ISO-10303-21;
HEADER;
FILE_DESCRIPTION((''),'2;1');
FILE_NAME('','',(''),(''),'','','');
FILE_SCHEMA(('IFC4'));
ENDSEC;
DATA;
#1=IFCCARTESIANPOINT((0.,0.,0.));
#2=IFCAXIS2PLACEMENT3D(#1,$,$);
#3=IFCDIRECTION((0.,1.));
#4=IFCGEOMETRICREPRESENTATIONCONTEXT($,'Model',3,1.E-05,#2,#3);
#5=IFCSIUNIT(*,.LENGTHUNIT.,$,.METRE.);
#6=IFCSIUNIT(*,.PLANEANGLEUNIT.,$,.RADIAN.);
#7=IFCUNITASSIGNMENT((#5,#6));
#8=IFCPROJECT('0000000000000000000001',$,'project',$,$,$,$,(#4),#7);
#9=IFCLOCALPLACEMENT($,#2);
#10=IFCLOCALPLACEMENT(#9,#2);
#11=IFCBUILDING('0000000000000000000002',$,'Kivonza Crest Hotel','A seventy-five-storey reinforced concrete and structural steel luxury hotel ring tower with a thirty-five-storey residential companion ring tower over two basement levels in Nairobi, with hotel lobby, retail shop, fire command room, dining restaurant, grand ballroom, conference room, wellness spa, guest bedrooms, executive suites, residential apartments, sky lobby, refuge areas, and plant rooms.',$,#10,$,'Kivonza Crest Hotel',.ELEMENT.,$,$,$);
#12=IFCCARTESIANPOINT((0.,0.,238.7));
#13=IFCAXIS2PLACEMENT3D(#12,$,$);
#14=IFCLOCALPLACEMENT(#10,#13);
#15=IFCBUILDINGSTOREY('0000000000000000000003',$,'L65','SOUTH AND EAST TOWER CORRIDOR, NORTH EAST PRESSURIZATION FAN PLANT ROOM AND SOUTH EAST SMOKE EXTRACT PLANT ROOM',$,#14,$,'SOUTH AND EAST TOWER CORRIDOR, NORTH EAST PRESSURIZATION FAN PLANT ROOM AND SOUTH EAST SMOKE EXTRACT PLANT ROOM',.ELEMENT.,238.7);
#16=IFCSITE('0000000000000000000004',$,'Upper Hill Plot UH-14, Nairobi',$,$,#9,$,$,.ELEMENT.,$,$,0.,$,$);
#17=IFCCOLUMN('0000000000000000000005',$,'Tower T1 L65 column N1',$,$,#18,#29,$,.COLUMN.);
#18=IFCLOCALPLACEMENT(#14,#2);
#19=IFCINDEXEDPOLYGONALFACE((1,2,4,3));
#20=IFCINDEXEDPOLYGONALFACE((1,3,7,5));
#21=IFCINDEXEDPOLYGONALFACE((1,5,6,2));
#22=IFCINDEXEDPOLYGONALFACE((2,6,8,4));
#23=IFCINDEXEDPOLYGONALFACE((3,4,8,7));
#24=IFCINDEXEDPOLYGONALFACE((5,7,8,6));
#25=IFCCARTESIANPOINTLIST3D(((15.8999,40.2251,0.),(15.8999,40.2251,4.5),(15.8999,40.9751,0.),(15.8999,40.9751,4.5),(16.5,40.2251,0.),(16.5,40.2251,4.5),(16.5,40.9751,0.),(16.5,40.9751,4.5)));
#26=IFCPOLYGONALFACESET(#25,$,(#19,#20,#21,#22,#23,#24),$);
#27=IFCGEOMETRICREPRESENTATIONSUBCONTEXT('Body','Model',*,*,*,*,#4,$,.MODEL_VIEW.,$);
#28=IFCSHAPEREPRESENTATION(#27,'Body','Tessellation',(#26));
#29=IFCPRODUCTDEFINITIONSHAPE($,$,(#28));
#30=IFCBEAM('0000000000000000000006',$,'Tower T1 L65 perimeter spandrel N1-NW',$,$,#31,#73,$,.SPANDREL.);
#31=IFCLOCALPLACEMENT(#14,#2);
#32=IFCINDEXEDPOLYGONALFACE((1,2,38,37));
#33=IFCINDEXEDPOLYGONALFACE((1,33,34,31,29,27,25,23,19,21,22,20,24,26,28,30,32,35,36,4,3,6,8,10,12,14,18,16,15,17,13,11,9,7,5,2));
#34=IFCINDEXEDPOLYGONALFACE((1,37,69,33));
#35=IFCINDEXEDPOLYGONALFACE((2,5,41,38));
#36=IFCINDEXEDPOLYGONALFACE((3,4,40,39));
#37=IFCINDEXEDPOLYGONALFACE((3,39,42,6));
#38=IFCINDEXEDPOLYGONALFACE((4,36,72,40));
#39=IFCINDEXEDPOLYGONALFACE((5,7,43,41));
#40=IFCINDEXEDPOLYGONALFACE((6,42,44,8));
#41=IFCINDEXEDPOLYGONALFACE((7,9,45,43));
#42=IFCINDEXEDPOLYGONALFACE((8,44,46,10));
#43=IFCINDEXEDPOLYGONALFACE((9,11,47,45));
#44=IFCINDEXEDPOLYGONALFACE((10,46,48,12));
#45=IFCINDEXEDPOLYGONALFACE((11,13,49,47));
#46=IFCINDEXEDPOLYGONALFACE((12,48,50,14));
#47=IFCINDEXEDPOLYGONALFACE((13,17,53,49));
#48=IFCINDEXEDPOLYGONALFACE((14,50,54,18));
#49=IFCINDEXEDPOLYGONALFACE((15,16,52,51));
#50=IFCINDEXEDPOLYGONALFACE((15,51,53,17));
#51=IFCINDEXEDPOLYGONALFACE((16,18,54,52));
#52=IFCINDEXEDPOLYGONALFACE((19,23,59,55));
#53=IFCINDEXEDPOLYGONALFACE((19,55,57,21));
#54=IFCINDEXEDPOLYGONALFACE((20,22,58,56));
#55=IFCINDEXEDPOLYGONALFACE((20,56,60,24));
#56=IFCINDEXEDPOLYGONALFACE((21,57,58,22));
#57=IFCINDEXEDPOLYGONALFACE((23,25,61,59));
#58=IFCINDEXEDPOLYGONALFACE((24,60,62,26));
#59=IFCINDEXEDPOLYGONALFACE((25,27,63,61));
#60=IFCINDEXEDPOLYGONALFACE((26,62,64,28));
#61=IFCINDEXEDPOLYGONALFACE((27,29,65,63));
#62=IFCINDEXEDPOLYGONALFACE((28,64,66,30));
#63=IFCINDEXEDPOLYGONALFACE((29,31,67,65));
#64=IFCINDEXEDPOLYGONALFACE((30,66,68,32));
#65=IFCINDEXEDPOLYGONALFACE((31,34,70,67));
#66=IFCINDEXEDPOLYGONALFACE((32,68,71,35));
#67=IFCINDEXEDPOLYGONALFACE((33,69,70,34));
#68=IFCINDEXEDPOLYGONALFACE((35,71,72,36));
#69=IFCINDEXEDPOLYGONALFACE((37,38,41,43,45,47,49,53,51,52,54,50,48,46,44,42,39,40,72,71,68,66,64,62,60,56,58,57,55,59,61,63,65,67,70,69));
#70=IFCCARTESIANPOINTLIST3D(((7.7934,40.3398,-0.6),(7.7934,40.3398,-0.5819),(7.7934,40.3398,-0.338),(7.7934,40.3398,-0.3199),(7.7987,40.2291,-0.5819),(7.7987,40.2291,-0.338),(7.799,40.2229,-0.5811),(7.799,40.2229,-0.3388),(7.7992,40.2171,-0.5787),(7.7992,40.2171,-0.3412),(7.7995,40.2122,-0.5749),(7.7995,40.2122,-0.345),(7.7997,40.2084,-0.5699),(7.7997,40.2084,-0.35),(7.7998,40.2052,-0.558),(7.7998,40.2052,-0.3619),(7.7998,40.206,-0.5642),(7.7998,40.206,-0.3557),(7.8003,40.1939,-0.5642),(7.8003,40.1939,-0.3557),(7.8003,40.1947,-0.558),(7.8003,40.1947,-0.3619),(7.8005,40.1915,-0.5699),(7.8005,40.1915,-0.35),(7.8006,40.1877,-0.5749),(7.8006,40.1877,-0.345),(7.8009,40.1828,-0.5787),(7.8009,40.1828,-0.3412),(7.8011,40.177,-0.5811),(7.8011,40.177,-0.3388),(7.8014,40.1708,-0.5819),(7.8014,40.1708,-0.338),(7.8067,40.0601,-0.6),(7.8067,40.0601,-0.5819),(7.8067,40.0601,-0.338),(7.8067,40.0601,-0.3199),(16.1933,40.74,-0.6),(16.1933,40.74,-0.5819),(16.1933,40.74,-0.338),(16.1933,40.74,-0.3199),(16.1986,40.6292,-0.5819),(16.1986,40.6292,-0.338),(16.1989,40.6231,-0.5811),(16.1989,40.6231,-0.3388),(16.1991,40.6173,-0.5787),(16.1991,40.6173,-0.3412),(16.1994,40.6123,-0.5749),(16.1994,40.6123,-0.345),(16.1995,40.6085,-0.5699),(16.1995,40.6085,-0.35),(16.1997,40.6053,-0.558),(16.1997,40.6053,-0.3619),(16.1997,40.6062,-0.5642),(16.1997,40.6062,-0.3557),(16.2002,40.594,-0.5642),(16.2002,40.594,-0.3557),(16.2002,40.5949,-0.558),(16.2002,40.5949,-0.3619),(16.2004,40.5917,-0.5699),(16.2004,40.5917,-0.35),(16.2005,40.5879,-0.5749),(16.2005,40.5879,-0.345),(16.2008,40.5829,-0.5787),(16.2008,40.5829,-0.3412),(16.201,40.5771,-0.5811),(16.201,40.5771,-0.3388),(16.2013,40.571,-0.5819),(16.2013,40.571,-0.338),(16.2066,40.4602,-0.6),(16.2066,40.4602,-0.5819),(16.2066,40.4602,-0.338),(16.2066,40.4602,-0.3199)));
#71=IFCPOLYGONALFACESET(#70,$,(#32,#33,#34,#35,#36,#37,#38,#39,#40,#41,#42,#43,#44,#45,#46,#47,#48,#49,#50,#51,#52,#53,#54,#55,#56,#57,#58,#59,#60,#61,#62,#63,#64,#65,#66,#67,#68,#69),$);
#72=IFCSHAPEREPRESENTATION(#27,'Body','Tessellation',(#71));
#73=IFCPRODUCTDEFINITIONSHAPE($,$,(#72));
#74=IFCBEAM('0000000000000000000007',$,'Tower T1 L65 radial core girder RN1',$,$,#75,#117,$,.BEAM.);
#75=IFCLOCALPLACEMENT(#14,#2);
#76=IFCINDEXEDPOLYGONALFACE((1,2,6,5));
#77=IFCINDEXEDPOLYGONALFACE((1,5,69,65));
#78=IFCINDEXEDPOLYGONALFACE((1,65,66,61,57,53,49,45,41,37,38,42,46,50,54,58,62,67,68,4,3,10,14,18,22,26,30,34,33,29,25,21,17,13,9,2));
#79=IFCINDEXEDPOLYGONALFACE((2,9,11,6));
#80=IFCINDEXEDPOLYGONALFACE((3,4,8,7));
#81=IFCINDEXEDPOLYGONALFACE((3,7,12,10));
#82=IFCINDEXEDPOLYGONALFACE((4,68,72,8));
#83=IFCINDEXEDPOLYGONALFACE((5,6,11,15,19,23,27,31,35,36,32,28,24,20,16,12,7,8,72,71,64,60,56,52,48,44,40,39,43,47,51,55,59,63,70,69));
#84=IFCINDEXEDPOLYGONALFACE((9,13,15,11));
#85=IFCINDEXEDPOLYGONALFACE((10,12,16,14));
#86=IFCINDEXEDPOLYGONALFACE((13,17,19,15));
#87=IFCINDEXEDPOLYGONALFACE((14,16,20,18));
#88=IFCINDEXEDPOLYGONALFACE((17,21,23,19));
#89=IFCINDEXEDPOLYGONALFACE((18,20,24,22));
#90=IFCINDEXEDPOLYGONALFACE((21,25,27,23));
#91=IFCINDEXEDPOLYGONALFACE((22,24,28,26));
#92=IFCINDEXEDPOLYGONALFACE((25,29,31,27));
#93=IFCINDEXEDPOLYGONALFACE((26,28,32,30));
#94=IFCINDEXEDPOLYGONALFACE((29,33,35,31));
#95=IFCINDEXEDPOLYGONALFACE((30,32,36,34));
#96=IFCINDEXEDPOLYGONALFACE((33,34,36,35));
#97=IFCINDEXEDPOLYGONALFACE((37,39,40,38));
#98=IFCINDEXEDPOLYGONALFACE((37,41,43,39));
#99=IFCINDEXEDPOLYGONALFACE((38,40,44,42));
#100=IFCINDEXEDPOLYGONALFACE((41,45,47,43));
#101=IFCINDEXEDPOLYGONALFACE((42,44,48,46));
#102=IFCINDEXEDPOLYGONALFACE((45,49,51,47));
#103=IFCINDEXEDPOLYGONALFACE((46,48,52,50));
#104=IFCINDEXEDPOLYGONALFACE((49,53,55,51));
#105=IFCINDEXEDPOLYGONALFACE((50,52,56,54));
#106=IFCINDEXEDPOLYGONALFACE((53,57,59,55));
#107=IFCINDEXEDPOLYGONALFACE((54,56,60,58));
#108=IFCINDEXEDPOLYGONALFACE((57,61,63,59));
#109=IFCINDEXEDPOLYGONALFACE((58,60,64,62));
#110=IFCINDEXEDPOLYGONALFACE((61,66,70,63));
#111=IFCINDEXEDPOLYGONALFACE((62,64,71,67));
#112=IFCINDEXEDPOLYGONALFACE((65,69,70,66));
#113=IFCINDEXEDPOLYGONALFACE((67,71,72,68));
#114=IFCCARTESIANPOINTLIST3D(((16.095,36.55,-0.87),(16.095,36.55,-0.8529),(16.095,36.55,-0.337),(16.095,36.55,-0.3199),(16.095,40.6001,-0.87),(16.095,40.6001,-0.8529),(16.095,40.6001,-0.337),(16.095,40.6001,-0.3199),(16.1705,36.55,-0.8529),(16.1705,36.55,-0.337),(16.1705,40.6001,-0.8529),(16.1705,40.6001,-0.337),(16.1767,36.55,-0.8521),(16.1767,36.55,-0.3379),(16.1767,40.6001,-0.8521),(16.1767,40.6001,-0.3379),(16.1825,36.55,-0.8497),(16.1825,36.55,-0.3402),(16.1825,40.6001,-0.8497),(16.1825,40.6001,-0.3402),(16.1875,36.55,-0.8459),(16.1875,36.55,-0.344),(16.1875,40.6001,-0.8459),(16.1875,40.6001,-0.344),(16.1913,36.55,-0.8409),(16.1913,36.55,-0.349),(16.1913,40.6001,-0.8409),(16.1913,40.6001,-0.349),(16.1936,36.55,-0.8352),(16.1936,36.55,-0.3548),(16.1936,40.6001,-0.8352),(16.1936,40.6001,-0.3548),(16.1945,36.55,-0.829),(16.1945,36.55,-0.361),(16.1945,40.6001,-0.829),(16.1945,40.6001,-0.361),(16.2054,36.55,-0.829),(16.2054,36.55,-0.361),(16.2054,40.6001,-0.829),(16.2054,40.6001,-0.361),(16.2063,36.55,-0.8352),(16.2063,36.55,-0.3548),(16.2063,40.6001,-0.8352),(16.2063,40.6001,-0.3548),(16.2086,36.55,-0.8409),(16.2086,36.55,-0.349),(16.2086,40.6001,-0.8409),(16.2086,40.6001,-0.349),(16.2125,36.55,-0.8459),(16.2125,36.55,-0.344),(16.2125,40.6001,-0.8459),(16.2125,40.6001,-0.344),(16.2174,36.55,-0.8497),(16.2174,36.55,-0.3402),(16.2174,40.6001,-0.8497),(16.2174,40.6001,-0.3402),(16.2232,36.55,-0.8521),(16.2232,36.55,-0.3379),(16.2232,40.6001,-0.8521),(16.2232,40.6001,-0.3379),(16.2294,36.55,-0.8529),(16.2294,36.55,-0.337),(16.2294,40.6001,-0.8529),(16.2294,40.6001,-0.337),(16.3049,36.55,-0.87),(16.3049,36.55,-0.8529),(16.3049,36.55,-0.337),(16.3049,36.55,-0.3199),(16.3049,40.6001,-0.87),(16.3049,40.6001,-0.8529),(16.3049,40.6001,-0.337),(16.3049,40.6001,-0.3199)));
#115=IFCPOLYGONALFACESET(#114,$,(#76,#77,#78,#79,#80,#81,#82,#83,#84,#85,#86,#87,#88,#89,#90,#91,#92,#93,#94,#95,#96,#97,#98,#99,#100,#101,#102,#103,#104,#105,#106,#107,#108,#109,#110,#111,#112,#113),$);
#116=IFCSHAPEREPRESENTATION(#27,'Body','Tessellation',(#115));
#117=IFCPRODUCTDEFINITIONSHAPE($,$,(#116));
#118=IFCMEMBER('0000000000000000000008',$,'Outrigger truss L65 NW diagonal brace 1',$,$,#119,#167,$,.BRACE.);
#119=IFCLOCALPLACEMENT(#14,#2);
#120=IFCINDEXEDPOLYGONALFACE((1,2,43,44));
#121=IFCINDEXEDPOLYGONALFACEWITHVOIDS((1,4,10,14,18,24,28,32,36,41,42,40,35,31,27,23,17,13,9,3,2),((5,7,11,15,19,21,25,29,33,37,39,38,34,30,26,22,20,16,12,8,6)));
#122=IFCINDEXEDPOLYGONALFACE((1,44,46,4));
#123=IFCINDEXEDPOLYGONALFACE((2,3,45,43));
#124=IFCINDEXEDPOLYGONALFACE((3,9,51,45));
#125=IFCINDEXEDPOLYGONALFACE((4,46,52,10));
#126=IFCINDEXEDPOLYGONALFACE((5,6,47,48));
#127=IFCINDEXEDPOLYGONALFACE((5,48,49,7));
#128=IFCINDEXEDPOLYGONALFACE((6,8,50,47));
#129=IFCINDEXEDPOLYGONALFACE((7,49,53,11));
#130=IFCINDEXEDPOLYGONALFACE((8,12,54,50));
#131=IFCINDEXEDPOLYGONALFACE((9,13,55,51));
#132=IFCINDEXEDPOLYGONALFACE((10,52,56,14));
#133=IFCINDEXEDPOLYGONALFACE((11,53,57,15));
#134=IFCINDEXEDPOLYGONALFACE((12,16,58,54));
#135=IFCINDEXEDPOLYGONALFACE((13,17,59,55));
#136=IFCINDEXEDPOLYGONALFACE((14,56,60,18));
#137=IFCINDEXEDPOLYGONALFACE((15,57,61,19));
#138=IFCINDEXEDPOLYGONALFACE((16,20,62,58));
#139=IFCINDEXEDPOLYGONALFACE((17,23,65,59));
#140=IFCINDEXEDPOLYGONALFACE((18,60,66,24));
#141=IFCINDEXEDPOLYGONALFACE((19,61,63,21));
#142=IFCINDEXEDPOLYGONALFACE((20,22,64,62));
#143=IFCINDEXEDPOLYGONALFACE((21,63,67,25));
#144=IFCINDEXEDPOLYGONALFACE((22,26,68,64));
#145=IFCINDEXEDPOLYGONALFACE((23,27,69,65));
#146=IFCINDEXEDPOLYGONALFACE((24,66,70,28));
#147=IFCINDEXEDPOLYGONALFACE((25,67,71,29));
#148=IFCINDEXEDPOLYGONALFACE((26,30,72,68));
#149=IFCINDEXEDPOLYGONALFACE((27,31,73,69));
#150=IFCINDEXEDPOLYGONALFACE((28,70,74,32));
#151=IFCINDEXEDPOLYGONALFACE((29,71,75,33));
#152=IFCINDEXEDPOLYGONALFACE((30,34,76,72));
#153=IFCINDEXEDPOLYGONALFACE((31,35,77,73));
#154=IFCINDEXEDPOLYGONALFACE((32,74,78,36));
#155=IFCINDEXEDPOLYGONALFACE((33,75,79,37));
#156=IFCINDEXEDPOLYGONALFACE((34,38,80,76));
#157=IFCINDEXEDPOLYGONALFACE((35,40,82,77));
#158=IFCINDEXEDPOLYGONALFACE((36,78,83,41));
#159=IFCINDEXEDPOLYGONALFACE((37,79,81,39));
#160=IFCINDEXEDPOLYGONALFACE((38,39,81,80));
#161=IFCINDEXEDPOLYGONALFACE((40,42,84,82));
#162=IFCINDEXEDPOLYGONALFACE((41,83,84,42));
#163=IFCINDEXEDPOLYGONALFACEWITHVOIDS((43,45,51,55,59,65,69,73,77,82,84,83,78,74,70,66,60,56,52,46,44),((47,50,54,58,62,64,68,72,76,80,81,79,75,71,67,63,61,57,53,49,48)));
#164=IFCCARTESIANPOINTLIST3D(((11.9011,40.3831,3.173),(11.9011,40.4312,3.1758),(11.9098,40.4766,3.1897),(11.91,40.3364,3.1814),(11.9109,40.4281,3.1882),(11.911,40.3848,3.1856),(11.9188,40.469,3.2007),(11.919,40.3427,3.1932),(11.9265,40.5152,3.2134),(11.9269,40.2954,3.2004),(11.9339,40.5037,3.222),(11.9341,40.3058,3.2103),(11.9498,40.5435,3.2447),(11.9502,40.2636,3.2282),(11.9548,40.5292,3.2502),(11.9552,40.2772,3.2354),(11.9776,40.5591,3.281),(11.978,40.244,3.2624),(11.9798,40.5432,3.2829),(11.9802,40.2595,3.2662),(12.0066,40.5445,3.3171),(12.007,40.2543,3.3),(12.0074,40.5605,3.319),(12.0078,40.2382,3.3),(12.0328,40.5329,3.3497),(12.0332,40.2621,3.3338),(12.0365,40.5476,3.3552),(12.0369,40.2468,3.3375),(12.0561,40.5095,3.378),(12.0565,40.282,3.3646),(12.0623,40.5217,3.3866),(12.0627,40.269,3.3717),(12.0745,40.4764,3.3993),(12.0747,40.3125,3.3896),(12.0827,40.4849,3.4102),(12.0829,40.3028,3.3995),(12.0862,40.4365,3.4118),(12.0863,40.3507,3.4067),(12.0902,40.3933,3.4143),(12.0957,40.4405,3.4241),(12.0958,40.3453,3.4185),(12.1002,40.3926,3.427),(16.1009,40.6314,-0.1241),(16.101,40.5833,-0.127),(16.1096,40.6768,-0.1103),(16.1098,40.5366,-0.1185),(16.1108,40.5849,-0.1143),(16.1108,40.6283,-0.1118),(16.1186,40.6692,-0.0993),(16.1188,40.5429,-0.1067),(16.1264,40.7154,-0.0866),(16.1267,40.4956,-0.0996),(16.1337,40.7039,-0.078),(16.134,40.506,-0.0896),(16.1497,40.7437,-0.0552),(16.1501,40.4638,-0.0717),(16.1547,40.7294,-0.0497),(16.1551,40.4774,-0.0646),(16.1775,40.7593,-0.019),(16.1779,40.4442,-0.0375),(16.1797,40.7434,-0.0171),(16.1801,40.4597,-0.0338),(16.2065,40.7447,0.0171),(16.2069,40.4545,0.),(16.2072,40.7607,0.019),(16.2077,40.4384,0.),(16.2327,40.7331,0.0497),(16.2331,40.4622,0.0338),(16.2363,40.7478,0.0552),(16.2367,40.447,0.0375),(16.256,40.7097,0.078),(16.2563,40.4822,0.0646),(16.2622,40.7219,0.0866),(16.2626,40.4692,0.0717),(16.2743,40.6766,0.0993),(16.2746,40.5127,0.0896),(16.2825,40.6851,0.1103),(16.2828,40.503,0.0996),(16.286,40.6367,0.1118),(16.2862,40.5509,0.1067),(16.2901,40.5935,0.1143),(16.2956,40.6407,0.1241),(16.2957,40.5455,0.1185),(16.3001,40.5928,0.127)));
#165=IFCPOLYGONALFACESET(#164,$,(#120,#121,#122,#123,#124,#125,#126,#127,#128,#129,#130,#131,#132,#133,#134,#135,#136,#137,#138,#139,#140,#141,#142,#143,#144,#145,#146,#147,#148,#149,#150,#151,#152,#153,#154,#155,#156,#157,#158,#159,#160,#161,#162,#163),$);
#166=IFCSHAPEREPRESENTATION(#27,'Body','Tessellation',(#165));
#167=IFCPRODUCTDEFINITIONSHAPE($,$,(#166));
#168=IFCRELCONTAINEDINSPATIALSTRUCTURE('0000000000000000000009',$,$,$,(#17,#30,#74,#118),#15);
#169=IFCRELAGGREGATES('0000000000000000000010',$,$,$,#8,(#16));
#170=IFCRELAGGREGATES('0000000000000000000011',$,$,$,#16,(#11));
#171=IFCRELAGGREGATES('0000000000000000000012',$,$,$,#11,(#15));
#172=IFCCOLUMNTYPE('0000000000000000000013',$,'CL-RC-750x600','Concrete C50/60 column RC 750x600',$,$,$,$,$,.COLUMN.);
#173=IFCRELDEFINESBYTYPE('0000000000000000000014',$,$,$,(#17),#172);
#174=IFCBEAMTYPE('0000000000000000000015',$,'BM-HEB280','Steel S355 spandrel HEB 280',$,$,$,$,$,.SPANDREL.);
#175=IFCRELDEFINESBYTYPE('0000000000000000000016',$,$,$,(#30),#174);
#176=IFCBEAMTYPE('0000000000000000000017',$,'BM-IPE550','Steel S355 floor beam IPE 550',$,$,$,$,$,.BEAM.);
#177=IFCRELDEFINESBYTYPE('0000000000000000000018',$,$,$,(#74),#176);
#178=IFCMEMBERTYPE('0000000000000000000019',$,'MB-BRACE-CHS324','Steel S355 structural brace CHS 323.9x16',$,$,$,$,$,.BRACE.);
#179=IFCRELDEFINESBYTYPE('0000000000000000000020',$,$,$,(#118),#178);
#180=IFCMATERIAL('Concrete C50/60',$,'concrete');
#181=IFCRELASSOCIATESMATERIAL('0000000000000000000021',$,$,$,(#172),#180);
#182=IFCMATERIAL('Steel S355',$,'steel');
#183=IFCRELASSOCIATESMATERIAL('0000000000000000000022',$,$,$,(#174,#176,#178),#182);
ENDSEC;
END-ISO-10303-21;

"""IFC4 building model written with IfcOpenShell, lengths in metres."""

from ifc_helpers import new_model, si_unit, direction, frame, origin, origin_2d, place, context, subcontext, project, spatial, rectangle, hollow_circle, i_section, extrude, material, material_profile, profile_set, type_object, element, save


model = new_model("IFC4")

# Units and contexts
model_context = context("Model", 3, precision=1e-05, world=origin(), true_north=direction((0.0, 1.0)))
body_context = subcontext(model_context, "Body", "Model", "MODEL_VIEW")
ifc_project = project(units=[si_unit("LENGTHUNIT", "METRE"), si_unit("PLANEANGLEUNIT", "RADIAN")], contexts=[model_context])

# Site, building, storey
site_placement = place(None, origin())
site = spatial("IfcSite", under=ifc_project, at=site_placement, Name="Upper Hill Plot UH-14, Nairobi", CompositionType="ELEMENT", RefElevation=0.0)
building_placement = place(site_placement, origin())
building = spatial("IfcBuilding", under=site, at=building_placement, Name="Kivonza Crest Hotel", Description="A seventy-five-storey reinforced concrete and structural steel luxury hotel ring tower with a thirty-five-storey residential companion ring tower over two basement levels in Nairobi, with hotel lobby, retail shop, fire command room, dining restaurant, grand ballroom, conference room, wellness spa, guest bedrooms, executive suites, residential apartments, sky lobby, refuge areas, and plant rooms.", LongName="Kivonza Crest Hotel", CompositionType="ELEMENT")
storey_placement = place(building_placement, frame((0.0, 0.0, 238.7)))
storey = spatial("IfcBuildingStorey", under=building, at=storey_placement, Name="L65", Description="SOUTH AND EAST TOWER CORRIDOR, NORTH EAST PRESSURIZATION FAN PLANT ROOM AND SOUTH EAST SMOKE EXTRACT PLANT ROOM", LongName="SOUTH AND EAST TOWER CORRIDOR, NORTH EAST PRESSURIZATION FAN PLANT ROOM AND SOUTH EAST SMOKE EXTRACT PLANT ROOM", CompositionType="ELEMENT", Elevation=238.7)

# Column
ifc_material_1 = material(Name="Concrete C50/60", Category="concrete")
ifc_material_profile_1 = material_profile(ifc_material_1, rectangle(XDim=0.6001, YDim=0.75, at=origin_2d()), Name="RC 750x600")
ifc_profile_set_1 = profile_set([ifc_material_profile_1], Name="Concrete C50/60")
column_type = type_object("IfcColumnType", Name="CL-RC-750x600", Description="Concrete C50/60 column RC 750x600", PredefinedType="COLUMN", material=ifc_profile_set_1)
column_placement = place(storey_placement, frame((16.2, 40.6001, 0.0), z_axis=(0.0, 0.0, 1.0), x_axis=(1.0, 0.0, 0.0)))
element("IfcColumn", 1, at=column_placement, inside=storey, type_object=column_type, Name="Tower T1 L65 column N1", PredefinedType="COLUMN", context=body_context, shape_type="SweptSolid", body=[
    extrude(rectangle(XDim=0.6001, YDim=0.75, at=origin_2d()), origin(), (0.0, 0.0, 1.0), 4.5),
])

# Beams
ifc_material_2 = material(Name="Steel S355", Category="steel")
ifc_material_profile_2 = material_profile(ifc_material_2, i_section(OverallWidth=0.28, OverallDepth=0.28, WebThickness=0.0105, FlangeThickness=0.0181, FilletRadius=0.0239, at=origin_2d()), Name="HEB 280")
ifc_profile_set_2 = profile_set([ifc_material_profile_2], Name="Steel S355")
beam_type_1 = type_object("IfcBeamType", Name="BM-HEB280", Description="Steel S355 spandrel HEB 280", PredefinedType="SPANDREL", material=ifc_profile_set_2)
beam_1_placement = place(storey_placement, frame((16.2, 40.6001, -0.46), z_axis=(-0.998867, -0.047583, 0.0), x_axis=(0.047583, -0.998867, 0.0)))
element("IfcBeam", 2, at=beam_1_placement, inside=storey, type_object=beam_type_1, Name="Tower T1 L65 perimeter spandrel N1-NW", PredefinedType="SPANDREL", context=body_context, shape_type="SweptSolid", body=[
    extrude(i_section(OverallWidth=0.28, OverallDepth=0.28, WebThickness=0.0105, FlangeThickness=0.0181, FilletRadius=0.0239, at=origin_2d()), origin(), (0.0, 0.0, 1.0), 8.4094),
])
ifc_material_profile_3 = material_profile(ifc_material_2, i_section(OverallWidth=0.21, OverallDepth=0.55, WebThickness=0.011, FlangeThickness=0.0171, FilletRadius=0.0239, at=origin_2d()), Name="IPE 550")
ifc_profile_set_3 = profile_set([ifc_material_profile_3], Name="Steel S355")
beam_type_2 = type_object("IfcBeamType", Name="BM-IPE550", Description="Steel S355 floor beam IPE 550", PredefinedType="BEAM", material=ifc_profile_set_3)
beam_2_placement = place(storey_placement, frame((16.2, 40.6001, -0.595), z_axis=(0.0, -1.0, 0.0), x_axis=(1.0, 0.0, 0.0)))
element("IfcBeam", 3, at=beam_2_placement, inside=storey, type_object=beam_type_2, Name="Tower T1 L65 radial core girder RN1", PredefinedType="BEAM", context=body_context, shape_type="SweptSolid", body=[
    extrude(i_section(OverallWidth=0.21, OverallDepth=0.55, WebThickness=0.011, FlangeThickness=0.0171, FilletRadius=0.0239, at=origin_2d()), origin(), (0.0, 0.0, 1.0), 4.05),
])

# Member
ifc_material_profile_4 = material_profile(ifc_material_2, hollow_circle(Radius=0.1619, WallThickness=0.0161, at=origin_2d()), Name="CHS 323.9x16")
ifc_profile_set_4 = profile_set([ifc_material_profile_4], Name="Steel S355")
member_type_1 = type_object("IfcMemberType", Name="MB-BRACE-CHS324", Description="Steel S355 structural brace CHS 323.9x16", PredefinedType="BRACE", material=ifc_profile_set_4)
for number, where, z_axis, x_axis, name in (
    (4, (16.2, 40.6001, 0.0), (-0.785759, -0.037454, 0.617398), (0.047612, -0.998866, 0.0), "Outrigger truss L65 NW diagonal brace 1"),
):
    element("IfcMember", number, at=place(storey_placement, frame(where, z_axis=z_axis, x_axis=x_axis)), inside=storey, type_object=member_type_1, Name=name, PredefinedType="BRACE", context=body_context, shape_type="SweptSolid", body=[
        extrude(hollow_circle(Radius=0.1619, WallThickness=0.0161, at=origin_2d()), origin(), (0.0, 0.0, 1.0), 5.345),
    ])

save(model, "model.ifc")
